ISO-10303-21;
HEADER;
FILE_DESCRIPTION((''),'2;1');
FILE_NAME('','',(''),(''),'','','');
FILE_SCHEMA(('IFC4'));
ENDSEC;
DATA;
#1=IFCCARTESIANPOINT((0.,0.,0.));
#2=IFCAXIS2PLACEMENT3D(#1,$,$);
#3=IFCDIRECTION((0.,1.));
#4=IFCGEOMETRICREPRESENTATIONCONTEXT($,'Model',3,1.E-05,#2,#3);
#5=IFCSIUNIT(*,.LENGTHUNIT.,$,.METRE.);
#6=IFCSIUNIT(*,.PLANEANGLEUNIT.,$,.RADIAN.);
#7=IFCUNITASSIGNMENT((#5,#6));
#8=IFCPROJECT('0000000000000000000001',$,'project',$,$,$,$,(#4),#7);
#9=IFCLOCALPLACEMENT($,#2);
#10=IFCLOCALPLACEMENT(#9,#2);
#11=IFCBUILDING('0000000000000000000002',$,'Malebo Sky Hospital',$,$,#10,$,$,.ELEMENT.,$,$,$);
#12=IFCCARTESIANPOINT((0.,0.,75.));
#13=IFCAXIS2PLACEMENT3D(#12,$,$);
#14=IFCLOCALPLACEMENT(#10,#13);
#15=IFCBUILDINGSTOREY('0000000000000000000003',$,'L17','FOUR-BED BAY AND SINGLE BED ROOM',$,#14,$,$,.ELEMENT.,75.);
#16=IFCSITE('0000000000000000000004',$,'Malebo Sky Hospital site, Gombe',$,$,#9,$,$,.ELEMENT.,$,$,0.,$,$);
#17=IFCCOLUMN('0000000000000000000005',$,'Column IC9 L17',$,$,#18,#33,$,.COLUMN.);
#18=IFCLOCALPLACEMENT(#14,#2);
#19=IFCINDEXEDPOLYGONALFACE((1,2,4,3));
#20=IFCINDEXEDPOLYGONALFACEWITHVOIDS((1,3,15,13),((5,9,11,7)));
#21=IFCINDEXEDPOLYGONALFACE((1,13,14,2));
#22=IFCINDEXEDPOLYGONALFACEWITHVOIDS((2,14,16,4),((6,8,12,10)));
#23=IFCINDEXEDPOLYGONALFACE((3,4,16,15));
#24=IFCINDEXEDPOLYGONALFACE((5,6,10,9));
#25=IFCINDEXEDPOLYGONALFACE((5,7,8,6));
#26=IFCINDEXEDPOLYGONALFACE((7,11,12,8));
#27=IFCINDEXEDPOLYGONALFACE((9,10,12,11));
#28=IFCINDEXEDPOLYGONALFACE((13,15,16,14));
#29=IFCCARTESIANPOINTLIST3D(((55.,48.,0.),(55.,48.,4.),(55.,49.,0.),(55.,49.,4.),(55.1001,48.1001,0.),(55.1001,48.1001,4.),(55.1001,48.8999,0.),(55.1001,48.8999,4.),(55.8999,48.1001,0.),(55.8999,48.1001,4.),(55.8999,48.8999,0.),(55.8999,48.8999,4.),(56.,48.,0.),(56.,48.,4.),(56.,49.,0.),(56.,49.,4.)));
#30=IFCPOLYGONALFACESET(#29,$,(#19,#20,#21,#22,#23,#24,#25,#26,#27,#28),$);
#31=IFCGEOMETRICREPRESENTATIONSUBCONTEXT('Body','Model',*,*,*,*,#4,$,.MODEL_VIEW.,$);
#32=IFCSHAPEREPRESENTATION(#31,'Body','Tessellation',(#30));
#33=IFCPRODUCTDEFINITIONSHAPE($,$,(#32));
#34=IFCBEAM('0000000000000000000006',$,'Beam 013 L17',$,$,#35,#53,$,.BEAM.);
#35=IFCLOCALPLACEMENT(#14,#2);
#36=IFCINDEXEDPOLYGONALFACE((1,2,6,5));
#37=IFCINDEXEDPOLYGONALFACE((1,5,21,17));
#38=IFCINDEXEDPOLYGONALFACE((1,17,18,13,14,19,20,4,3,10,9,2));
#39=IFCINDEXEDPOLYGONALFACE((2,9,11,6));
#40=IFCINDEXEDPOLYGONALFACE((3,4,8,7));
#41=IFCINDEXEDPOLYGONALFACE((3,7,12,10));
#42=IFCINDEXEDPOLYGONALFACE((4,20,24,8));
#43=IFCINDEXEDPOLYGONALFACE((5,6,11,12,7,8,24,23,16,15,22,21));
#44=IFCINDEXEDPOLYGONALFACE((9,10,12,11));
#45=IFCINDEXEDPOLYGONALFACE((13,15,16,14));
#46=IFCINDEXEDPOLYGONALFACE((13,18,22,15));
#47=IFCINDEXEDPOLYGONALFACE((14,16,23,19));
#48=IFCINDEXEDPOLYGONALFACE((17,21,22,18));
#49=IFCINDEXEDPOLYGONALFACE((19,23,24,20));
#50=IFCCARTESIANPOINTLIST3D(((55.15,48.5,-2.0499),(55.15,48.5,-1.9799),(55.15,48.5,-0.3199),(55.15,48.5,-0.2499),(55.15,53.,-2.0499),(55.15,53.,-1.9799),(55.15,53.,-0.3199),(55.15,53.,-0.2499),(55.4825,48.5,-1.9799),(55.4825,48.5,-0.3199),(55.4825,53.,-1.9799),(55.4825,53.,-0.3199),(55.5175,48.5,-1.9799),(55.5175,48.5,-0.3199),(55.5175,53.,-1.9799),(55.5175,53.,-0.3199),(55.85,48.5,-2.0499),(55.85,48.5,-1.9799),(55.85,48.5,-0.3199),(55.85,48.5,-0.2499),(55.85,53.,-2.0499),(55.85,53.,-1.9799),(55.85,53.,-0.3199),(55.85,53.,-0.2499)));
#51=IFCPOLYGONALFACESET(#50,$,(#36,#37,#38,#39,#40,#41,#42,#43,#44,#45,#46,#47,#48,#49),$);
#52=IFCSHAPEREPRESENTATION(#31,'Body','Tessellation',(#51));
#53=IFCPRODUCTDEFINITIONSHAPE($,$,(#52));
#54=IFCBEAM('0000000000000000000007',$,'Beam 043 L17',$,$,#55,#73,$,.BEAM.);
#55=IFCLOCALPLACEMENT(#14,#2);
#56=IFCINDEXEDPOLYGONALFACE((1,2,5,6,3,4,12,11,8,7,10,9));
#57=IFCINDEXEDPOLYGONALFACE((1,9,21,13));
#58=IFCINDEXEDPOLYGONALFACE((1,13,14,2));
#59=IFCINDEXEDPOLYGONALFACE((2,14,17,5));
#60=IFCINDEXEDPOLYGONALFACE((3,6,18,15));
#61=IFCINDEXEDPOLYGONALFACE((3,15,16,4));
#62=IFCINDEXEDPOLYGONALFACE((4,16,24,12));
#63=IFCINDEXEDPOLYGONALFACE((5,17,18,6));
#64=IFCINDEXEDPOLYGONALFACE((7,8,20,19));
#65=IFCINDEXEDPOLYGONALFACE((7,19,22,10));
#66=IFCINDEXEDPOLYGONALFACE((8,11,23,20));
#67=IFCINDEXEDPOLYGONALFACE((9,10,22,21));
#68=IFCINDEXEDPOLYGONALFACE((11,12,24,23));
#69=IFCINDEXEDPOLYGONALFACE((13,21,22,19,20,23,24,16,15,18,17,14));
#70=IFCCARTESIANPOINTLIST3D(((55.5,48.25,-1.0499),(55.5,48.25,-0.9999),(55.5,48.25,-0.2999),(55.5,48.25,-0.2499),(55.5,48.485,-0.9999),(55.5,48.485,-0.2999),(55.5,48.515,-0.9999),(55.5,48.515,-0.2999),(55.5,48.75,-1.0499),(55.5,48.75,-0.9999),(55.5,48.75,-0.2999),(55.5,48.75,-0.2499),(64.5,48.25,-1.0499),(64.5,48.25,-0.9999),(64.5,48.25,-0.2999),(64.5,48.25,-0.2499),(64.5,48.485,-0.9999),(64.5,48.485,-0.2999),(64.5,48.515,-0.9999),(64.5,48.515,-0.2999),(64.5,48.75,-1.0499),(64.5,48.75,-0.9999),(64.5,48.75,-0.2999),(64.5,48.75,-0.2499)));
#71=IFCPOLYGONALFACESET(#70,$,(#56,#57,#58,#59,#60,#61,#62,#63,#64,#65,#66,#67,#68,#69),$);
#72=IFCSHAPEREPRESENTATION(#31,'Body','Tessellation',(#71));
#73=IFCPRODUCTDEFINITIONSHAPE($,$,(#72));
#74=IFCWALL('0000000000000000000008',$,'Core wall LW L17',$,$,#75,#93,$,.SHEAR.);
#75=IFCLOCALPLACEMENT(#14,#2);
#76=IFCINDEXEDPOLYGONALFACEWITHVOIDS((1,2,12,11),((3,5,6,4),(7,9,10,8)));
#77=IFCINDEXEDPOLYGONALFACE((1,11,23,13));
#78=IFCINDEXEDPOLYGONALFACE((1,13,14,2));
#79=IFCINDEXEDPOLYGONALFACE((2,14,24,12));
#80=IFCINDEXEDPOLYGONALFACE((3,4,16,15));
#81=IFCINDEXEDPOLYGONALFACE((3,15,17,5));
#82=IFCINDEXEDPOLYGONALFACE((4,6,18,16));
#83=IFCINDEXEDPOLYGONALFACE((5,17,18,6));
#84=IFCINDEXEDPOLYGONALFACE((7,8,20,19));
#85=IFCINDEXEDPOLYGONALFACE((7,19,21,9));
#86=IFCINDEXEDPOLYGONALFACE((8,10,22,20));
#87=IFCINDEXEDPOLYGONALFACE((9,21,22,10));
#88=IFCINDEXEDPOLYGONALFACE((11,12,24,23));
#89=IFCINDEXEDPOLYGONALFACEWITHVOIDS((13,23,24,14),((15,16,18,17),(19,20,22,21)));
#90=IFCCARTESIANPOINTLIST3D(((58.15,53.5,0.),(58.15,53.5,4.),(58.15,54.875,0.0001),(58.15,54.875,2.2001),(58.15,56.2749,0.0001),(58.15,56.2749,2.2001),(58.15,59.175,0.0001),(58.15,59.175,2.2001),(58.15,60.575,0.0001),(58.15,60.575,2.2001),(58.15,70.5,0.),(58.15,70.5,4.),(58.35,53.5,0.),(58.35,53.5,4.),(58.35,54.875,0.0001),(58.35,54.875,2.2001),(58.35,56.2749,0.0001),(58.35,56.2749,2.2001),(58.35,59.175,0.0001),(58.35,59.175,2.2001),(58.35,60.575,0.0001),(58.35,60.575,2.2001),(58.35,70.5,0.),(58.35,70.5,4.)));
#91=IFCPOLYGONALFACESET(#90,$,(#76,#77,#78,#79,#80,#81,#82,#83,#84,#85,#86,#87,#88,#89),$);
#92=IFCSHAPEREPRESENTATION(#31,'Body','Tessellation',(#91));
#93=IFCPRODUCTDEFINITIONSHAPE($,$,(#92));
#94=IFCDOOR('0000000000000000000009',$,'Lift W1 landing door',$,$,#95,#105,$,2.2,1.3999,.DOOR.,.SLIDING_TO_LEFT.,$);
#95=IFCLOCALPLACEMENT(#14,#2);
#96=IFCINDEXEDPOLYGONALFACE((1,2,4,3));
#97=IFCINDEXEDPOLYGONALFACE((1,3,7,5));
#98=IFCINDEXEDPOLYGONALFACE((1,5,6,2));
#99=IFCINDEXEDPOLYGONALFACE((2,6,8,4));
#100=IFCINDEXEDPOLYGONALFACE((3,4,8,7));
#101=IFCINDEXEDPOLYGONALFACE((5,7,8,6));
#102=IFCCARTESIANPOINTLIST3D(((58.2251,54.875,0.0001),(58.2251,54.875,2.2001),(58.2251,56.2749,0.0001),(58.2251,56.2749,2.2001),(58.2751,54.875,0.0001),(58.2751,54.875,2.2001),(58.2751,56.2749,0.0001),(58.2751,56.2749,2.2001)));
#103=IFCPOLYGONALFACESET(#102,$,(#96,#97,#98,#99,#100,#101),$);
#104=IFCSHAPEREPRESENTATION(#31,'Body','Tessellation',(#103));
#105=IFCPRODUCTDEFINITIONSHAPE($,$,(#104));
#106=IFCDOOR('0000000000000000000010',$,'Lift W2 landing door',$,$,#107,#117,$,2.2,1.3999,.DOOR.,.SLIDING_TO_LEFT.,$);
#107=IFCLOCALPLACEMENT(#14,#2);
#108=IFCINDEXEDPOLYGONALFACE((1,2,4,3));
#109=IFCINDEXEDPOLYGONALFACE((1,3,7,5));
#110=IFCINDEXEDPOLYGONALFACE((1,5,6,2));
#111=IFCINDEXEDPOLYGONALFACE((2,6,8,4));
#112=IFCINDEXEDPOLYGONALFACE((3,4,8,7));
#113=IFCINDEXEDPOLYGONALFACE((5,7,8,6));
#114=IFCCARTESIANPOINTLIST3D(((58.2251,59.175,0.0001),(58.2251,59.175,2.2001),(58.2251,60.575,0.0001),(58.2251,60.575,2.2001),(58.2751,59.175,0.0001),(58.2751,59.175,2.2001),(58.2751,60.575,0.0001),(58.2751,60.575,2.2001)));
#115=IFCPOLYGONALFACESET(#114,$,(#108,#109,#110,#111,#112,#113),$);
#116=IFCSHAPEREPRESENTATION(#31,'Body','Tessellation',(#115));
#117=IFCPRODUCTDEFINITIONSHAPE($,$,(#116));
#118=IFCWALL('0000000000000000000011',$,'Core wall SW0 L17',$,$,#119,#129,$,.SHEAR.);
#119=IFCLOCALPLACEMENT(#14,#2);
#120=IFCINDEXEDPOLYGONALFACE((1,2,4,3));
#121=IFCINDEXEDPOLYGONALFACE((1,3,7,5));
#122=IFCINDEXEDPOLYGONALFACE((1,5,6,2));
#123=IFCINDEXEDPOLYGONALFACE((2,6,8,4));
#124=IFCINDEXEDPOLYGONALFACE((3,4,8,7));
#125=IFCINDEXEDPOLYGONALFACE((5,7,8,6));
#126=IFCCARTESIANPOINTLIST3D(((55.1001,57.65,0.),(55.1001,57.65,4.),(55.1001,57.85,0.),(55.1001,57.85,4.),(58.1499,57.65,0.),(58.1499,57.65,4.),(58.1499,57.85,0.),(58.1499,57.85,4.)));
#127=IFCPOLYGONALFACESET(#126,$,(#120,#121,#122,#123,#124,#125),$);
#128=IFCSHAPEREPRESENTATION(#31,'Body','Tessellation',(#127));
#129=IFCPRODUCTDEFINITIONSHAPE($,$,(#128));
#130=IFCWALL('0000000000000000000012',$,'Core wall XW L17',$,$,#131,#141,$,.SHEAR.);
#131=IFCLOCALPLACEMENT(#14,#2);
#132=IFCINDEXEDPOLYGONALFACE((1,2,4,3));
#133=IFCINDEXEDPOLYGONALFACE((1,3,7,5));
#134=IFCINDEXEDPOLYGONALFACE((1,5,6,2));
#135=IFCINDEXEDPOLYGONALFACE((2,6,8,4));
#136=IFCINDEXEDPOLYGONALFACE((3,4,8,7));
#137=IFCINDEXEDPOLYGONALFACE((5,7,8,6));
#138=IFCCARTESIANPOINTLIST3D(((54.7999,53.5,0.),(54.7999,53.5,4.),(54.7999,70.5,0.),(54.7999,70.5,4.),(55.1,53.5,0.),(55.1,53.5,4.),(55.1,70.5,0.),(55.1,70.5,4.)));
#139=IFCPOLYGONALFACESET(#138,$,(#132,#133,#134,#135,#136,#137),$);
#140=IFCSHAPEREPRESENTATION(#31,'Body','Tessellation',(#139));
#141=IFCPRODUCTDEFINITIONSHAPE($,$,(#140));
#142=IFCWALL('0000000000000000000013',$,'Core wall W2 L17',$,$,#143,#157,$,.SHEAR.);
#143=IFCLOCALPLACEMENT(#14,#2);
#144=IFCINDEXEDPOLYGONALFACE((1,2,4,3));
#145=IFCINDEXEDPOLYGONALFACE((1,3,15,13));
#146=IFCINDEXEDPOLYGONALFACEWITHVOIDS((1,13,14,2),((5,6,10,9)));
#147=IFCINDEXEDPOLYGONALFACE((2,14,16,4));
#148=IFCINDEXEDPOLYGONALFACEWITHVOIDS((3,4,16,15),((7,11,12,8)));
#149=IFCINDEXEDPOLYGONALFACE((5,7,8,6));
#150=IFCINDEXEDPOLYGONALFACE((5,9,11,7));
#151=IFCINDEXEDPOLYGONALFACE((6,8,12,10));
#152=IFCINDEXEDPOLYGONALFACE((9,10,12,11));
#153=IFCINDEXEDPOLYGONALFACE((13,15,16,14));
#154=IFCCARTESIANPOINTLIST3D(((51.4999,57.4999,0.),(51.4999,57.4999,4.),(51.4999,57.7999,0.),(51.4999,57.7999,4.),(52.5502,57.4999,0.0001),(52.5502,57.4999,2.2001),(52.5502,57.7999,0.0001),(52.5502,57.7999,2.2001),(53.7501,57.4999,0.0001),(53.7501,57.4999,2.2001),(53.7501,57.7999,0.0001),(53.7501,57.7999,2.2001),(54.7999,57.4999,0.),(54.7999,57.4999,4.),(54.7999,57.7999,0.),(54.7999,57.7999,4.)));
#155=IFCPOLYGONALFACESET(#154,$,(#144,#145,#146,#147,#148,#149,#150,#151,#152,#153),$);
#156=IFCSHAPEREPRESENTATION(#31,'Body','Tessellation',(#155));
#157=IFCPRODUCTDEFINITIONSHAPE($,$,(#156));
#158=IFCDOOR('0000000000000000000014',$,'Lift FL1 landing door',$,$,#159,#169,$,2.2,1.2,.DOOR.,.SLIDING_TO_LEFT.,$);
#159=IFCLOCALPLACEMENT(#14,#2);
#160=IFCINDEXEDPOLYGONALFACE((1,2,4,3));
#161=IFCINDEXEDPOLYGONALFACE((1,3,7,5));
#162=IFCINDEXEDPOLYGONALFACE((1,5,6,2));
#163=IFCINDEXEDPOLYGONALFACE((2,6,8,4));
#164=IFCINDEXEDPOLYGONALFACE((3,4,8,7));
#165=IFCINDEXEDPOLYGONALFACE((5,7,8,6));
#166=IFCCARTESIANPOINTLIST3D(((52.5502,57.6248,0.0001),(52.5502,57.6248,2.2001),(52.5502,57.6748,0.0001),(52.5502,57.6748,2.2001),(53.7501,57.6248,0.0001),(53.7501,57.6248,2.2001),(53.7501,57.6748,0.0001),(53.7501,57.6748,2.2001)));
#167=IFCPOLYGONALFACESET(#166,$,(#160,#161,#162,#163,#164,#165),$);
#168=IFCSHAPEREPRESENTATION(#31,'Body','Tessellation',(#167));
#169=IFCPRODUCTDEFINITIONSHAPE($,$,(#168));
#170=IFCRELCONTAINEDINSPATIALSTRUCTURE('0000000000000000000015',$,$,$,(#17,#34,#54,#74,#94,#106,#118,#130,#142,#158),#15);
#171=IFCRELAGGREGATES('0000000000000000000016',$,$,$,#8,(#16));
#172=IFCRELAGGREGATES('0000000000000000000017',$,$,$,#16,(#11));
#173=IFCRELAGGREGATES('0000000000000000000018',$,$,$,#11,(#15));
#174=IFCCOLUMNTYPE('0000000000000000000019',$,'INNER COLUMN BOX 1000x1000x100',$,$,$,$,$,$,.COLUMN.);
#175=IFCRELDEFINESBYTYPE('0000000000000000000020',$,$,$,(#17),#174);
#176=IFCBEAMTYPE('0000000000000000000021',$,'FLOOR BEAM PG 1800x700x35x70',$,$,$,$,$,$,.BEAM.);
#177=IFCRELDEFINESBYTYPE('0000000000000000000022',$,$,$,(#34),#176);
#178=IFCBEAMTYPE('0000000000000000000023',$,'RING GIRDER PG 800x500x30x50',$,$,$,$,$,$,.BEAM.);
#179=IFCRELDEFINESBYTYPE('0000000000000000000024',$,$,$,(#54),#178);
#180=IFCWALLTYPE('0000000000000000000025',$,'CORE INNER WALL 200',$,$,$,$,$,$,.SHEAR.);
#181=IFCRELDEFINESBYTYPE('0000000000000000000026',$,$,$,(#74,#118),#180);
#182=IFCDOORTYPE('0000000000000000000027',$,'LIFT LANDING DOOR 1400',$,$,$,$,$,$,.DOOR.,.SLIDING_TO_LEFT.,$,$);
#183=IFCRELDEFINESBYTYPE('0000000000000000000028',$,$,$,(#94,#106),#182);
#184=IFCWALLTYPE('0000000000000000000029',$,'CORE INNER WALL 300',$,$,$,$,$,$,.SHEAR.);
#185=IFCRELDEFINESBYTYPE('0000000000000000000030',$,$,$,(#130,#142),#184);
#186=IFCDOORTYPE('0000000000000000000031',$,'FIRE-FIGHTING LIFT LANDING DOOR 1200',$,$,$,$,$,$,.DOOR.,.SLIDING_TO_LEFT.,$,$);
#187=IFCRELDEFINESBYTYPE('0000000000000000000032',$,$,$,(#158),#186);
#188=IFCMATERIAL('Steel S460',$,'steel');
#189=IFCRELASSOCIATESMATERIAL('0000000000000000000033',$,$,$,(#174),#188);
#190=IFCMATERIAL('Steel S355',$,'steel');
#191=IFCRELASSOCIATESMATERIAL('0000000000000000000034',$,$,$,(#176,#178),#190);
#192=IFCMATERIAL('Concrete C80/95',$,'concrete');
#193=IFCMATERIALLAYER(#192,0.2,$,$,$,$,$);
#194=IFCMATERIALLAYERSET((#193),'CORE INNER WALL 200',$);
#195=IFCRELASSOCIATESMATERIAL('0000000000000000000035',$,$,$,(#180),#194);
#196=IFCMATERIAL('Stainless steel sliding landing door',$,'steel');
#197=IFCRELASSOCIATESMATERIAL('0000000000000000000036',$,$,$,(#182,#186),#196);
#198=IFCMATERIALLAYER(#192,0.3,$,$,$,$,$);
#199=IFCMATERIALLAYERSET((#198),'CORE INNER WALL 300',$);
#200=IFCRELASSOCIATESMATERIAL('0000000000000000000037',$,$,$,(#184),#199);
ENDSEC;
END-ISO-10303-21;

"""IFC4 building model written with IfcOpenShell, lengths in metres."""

from ifc_helpers import new_model, si_unit, direction, frame, frame_2d, origin, origin_2d, place, context, subcontext, project, spatial, rectangle, hollow_rectangle, i_section, extrude, material, layer, layer_set, material_profile, profile_set, type_object, element, fill, save


model = new_model("IFC4")

# Units and contexts
model_context = context("Model", 3, precision=1e-05, world=origin(), true_north=direction((0.0, 1.0)))
body_context = subcontext(model_context, "Body", "Model", "MODEL_VIEW")
ifc_project = project(units=[si_unit("LENGTHUNIT", "METRE"), si_unit("PLANEANGLEUNIT", "RADIAN")], contexts=[model_context])

# Site, building, storey
site_placement = place(None, origin())
site = spatial("IfcSite", under=ifc_project, at=site_placement, Name="Malebo Sky Hospital site, Gombe", CompositionType="ELEMENT", RefElevation=0.0)
building_placement = place(site_placement, origin())
building = spatial("IfcBuilding", under=site, at=building_placement, Name="Malebo Sky Hospital", CompositionType="ELEMENT")
storey_placement = place(building_placement, frame((0.0, 0.0, 75.0)))
storey = spatial("IfcBuildingStorey", under=building, at=storey_placement, Name="L17", Description="FOUR-BED BAY AND SINGLE BED ROOM", CompositionType="ELEMENT", Elevation=75.0)

# Column
ifc_material_1 = material(Name="Steel S460", Category="steel")
ifc_material_profile_1 = material_profile(ifc_material_1, hollow_rectangle(XDim=1.0, YDim=1.0, WallThickness=0.1001, at=origin_2d()), Name="BOX 1000x1000x100")
ifc_profile_set_1 = profile_set([ifc_material_profile_1], Name="Steel S460")
column_type = type_object("IfcColumnType", Name="INNER COLUMN BOX 1000x1000x100", PredefinedType="COLUMN", material=ifc_profile_set_1)
column_placement = place(storey_placement, frame((55.5, 48.5, 0.0), z_axis=(0.0, 0.0, 1.0), x_axis=(1.0, 0.0, 0.0)))
element("IfcColumn", 1, at=column_placement, inside=storey, type_object=column_type, Name="Column IC9 L17", PredefinedType="COLUMN", context=body_context, shape_type="SweptSolid", body=[
    extrude(hollow_rectangle(XDim=1.0, YDim=1.0, WallThickness=0.1001, at=origin_2d()), origin(), (0.0, 0.0, 1.0), 4.0),
])

# Beams
ifc_material_2 = material(Name="Steel S355", Category="steel")
ifc_material_profile_2 = material_profile(ifc_material_2, i_section(OverallWidth=0.7, OverallDepth=1.8, WebThickness=0.0349, FlangeThickness=0.0701, at=origin_2d()), Name="PG 1800x700x35x70")
ifc_profile_set_2 = profile_set([ifc_material_profile_2], Name="Steel S355")
beam_type_1 = type_object("IfcBeamType", Name="FLOOR BEAM PG 1800x700x35x70", PredefinedType="BEAM", material=ifc_profile_set_2)
beam_1_placement = place(storey_placement, frame((55.5, 48.5, -1.1499), z_axis=(0.0, 1.0, 0.0), x_axis=(-1.0, 0.0, 0.0)))
element("IfcBeam", 2, at=beam_1_placement, inside=storey, type_object=beam_type_1, Name="Beam 013 L17", PredefinedType="BEAM", context=body_context, shape_type="SweptSolid", body=[
    extrude(i_section(OverallWidth=0.7, OverallDepth=1.8, WebThickness=0.0349, FlangeThickness=0.0701, at=origin_2d()), origin(), (0.0, 0.0, 1.0), 4.5),
])
ifc_material_profile_3 = material_profile(ifc_material_2, i_section(OverallWidth=0.5, OverallDepth=0.8, WebThickness=0.03, FlangeThickness=0.05, at=origin_2d()), Name="PG 800x500x30x50")
ifc_profile_set_3 = profile_set([ifc_material_profile_3], Name="Steel S355")
beam_type_2 = type_object("IfcBeamType", Name="RING GIRDER PG 800x500x30x50", PredefinedType="BEAM", material=ifc_profile_set_3)
beam_2_placement = place(storey_placement, frame((55.5, 48.5, -0.6499), z_axis=(1.0, 0.0, 0.0), x_axis=(0.0, 1.0, 0.0)))
element("IfcBeam", 3, at=beam_2_placement, inside=storey, type_object=beam_type_2, Name="Beam 043 L17", PredefinedType="BEAM", context=body_context, shape_type="SweptSolid", body=[
    extrude(i_section(OverallWidth=0.5, OverallDepth=0.8, WebThickness=0.03, FlangeThickness=0.05, at=origin_2d()), origin(), (0.0, 0.0, 1.0), 9.0),
])

# Wall, openings, doors
ifc_material_3 = material(Name="Concrete C80/95", Category="concrete")
ifc_layer_1 = layer(ifc_material_3, 0.2)
ifc_layer_set_1 = layer_set([ifc_layer_1], Name="CORE INNER WALL 200")
wall_type_1 = type_object("IfcWallType", Name="CORE INNER WALL 200", PredefinedType="SHEAR", material=ifc_layer_set_1)
wall_1_placement = place(storey_placement, frame((58.25, 53.5, 0.0), z_axis=(0.0, 0.0, 1.0), x_axis=(0.0, 1.0, 0.0)))
wall_1 = element("IfcWall", 4, at=wall_1_placement, inside=storey, type_object=wall_type_1, Name="Core wall LW L17", PredefinedType="SHEAR", context=body_context, shape_type="SweptSolid", body=[
    extrude(rectangle(XDim=17.0, YDim=0.2, at=frame_2d((8.5, 0.0))), origin(), (0.0, 0.0, 1.0), 4.0),
])
opening_1_placement = place(wall_1_placement, frame((1.375, 0.0, 0.0)))
opening_1 = element("IfcOpeningElement", 5, at=opening_1_placement, cuts=wall_1, PredefinedType="OPENING", context=body_context, shape_type="SweptSolid", body=[
    extrude(rectangle(XDim=1.3999, YDim=2.2, at=frame_2d((0.7, 1.1001))), frame((0.0, 0.1099, 0.0), z_axis=(0.0, -1.0, 0.0), x_axis=(1.0, 0.0, 0.0)), (0.0, 0.0, 1.0), 0.22),
])
opening_2_placement = place(wall_1_placement, frame((5.675, 0.0, 0.0)))
opening_2 = element("IfcOpeningElement", 6, at=opening_2_placement, cuts=wall_1, PredefinedType="OPENING", context=body_context, shape_type="SweptSolid", body=[
    extrude(rectangle(XDim=1.3999, YDim=2.2, at=frame_2d((0.7, 1.1001))), frame((0.0, 0.1099, 0.0), z_axis=(0.0, -1.0, 0.0), x_axis=(1.0, 0.0, 0.0)), (0.0, 0.0, 1.0), 0.22),
])
ifc_material_4 = material(Name="Stainless steel sliding landing door", Category="steel")
door_type_1 = type_object("IfcDoorType", Name="LIFT LANDING DOOR 1400", OperationType="SLIDING_TO_LEFT", PredefinedType="DOOR", material=ifc_material_4)
door_1_placement = place(opening_1_placement, origin())
door_1 = element("IfcDoor", 7, at=door_1_placement, inside=storey, type_object=door_type_1, Name="Lift W1 landing door", OperationType="SLIDING_TO_LEFT", OverallHeight=2.2, OverallWidth=1.3999, PredefinedType="DOOR", context=body_context, shape_type="SweptSolid", body=[
    extrude(rectangle(XDim=1.3999, YDim=2.2, at=frame_2d((0.7, 1.1001))), frame((0.0, 0.0249, 0.0), z_axis=(0.0, -1.0, 0.0), x_axis=(1.0, 0.0, 0.0)), (0.0, 0.0, 1.0), 0.05),
])
fill(opening_1, door_1)
door_2_placement = place(opening_2_placement, origin())
door_2 = element("IfcDoor", 8, at=door_2_placement, inside=storey, type_object=door_type_1, Name="Lift W2 landing door", OperationType="SLIDING_TO_LEFT", OverallHeight=2.2, OverallWidth=1.3999, PredefinedType="DOOR", context=body_context, shape_type="SweptSolid", body=[
    extrude(rectangle(XDim=1.3999, YDim=2.2, at=frame_2d((0.7, 1.1001))), frame((0.0, 0.0249, 0.0), z_axis=(0.0, -1.0, 0.0), x_axis=(1.0, 0.0, 0.0)), (0.0, 0.0, 1.0), 0.05),
])
fill(opening_2, door_2)

# Walls
wall_2_placement = place(storey_placement, frame((55.1001, 57.75, 0.0), z_axis=(0.0, 0.0, 1.0), x_axis=(1.0, 0.0, 0.0)))
element("IfcWall", 9, at=wall_2_placement, inside=storey, type_object=wall_type_1, Name="Core wall SW0 L17", PredefinedType="SHEAR", context=body_context, shape_type="SweptSolid", body=[
    extrude(rectangle(XDim=3.0498, YDim=0.2, at=frame_2d((1.5249, 0.0))), origin(), (0.0, 0.0, 1.0), 4.0),
])
ifc_layer_2 = layer(ifc_material_3, 0.3)
ifc_layer_set_2 = layer_set([ifc_layer_2], Name="CORE INNER WALL 300")
wall_type_2 = type_object("IfcWallType", Name="CORE INNER WALL 300", PredefinedType="SHEAR", material=ifc_layer_set_2)
wall_3_placement = place(storey_placement, frame((54.95, 53.5, 0.0), z_axis=(0.0, 0.0, 1.0), x_axis=(0.0, 1.0, 0.0)))
element("IfcWall", 10, at=wall_3_placement, inside=storey, type_object=wall_type_2, Name="Core wall XW L17", PredefinedType="SHEAR", context=body_context, shape_type="SweptSolid", body=[
    extrude(rectangle(XDim=17.0, YDim=0.3, at=frame_2d((8.5, 0.0))), origin(), (0.0, 0.0, 1.0), 4.0),
])

# Wall, opening, door
wall_4_placement = place(storey_placement, frame((51.5, 57.6499, 0.0), z_axis=(0.0, 0.0, 1.0), x_axis=(1.0, 0.0, 0.0)))
wall_4 = element("IfcWall", 11, at=wall_4_placement, inside=storey, type_object=wall_type_2, Name="Core wall W2 L17", PredefinedType="SHEAR", context=body_context, shape_type="SweptSolid", body=[
    extrude(rectangle(XDim=3.3, YDim=0.3, at=frame_2d((1.6499, 0.0))), origin(), (0.0, 0.0, 1.0), 4.0),
])
opening_3_placement = place(wall_4_placement, frame((1.05, 0.0, 0.0)))
opening_3 = element("IfcOpeningElement", 12, at=opening_3_placement, cuts=wall_4, PredefinedType="OPENING", context=body_context, shape_type="SweptSolid", body=[
    extrude(rectangle(XDim=1.2, YDim=2.2, at=frame_2d((0.6001, 1.1001))), frame((0.0, 0.1599, 0.0), z_axis=(0.0, -1.0, 0.0), x_axis=(1.0, 0.0, 0.0)), (0.0, 0.0, 1.0), 0.3201),
])
door_type_2 = type_object("IfcDoorType", Name="FIRE-FIGHTING LIFT LANDING DOOR 1200", OperationType="SLIDING_TO_LEFT", PredefinedType="DOOR", material=ifc_material_4)
door_3_placement = place(opening_3_placement, origin())
door_3 = element("IfcDoor", 13, at=door_3_placement, inside=storey, type_object=door_type_2, Name="Lift FL1 landing door", OperationType="SLIDING_TO_LEFT", OverallHeight=2.2, OverallWidth=1.2, PredefinedType="DOOR", context=body_context, shape_type="SweptSolid", body=[
    extrude(rectangle(XDim=1.2, YDim=2.2, at=frame_2d((0.6001, 1.1001))), frame((0.0, 0.0249, 0.0), z_axis=(0.0, -1.0, 0.0), x_axis=(1.0, 0.0, 0.0)), (0.0, 0.0, 1.0), 0.05),
])
fill(opening_3, door_3)

save(model, "model.ifc")
